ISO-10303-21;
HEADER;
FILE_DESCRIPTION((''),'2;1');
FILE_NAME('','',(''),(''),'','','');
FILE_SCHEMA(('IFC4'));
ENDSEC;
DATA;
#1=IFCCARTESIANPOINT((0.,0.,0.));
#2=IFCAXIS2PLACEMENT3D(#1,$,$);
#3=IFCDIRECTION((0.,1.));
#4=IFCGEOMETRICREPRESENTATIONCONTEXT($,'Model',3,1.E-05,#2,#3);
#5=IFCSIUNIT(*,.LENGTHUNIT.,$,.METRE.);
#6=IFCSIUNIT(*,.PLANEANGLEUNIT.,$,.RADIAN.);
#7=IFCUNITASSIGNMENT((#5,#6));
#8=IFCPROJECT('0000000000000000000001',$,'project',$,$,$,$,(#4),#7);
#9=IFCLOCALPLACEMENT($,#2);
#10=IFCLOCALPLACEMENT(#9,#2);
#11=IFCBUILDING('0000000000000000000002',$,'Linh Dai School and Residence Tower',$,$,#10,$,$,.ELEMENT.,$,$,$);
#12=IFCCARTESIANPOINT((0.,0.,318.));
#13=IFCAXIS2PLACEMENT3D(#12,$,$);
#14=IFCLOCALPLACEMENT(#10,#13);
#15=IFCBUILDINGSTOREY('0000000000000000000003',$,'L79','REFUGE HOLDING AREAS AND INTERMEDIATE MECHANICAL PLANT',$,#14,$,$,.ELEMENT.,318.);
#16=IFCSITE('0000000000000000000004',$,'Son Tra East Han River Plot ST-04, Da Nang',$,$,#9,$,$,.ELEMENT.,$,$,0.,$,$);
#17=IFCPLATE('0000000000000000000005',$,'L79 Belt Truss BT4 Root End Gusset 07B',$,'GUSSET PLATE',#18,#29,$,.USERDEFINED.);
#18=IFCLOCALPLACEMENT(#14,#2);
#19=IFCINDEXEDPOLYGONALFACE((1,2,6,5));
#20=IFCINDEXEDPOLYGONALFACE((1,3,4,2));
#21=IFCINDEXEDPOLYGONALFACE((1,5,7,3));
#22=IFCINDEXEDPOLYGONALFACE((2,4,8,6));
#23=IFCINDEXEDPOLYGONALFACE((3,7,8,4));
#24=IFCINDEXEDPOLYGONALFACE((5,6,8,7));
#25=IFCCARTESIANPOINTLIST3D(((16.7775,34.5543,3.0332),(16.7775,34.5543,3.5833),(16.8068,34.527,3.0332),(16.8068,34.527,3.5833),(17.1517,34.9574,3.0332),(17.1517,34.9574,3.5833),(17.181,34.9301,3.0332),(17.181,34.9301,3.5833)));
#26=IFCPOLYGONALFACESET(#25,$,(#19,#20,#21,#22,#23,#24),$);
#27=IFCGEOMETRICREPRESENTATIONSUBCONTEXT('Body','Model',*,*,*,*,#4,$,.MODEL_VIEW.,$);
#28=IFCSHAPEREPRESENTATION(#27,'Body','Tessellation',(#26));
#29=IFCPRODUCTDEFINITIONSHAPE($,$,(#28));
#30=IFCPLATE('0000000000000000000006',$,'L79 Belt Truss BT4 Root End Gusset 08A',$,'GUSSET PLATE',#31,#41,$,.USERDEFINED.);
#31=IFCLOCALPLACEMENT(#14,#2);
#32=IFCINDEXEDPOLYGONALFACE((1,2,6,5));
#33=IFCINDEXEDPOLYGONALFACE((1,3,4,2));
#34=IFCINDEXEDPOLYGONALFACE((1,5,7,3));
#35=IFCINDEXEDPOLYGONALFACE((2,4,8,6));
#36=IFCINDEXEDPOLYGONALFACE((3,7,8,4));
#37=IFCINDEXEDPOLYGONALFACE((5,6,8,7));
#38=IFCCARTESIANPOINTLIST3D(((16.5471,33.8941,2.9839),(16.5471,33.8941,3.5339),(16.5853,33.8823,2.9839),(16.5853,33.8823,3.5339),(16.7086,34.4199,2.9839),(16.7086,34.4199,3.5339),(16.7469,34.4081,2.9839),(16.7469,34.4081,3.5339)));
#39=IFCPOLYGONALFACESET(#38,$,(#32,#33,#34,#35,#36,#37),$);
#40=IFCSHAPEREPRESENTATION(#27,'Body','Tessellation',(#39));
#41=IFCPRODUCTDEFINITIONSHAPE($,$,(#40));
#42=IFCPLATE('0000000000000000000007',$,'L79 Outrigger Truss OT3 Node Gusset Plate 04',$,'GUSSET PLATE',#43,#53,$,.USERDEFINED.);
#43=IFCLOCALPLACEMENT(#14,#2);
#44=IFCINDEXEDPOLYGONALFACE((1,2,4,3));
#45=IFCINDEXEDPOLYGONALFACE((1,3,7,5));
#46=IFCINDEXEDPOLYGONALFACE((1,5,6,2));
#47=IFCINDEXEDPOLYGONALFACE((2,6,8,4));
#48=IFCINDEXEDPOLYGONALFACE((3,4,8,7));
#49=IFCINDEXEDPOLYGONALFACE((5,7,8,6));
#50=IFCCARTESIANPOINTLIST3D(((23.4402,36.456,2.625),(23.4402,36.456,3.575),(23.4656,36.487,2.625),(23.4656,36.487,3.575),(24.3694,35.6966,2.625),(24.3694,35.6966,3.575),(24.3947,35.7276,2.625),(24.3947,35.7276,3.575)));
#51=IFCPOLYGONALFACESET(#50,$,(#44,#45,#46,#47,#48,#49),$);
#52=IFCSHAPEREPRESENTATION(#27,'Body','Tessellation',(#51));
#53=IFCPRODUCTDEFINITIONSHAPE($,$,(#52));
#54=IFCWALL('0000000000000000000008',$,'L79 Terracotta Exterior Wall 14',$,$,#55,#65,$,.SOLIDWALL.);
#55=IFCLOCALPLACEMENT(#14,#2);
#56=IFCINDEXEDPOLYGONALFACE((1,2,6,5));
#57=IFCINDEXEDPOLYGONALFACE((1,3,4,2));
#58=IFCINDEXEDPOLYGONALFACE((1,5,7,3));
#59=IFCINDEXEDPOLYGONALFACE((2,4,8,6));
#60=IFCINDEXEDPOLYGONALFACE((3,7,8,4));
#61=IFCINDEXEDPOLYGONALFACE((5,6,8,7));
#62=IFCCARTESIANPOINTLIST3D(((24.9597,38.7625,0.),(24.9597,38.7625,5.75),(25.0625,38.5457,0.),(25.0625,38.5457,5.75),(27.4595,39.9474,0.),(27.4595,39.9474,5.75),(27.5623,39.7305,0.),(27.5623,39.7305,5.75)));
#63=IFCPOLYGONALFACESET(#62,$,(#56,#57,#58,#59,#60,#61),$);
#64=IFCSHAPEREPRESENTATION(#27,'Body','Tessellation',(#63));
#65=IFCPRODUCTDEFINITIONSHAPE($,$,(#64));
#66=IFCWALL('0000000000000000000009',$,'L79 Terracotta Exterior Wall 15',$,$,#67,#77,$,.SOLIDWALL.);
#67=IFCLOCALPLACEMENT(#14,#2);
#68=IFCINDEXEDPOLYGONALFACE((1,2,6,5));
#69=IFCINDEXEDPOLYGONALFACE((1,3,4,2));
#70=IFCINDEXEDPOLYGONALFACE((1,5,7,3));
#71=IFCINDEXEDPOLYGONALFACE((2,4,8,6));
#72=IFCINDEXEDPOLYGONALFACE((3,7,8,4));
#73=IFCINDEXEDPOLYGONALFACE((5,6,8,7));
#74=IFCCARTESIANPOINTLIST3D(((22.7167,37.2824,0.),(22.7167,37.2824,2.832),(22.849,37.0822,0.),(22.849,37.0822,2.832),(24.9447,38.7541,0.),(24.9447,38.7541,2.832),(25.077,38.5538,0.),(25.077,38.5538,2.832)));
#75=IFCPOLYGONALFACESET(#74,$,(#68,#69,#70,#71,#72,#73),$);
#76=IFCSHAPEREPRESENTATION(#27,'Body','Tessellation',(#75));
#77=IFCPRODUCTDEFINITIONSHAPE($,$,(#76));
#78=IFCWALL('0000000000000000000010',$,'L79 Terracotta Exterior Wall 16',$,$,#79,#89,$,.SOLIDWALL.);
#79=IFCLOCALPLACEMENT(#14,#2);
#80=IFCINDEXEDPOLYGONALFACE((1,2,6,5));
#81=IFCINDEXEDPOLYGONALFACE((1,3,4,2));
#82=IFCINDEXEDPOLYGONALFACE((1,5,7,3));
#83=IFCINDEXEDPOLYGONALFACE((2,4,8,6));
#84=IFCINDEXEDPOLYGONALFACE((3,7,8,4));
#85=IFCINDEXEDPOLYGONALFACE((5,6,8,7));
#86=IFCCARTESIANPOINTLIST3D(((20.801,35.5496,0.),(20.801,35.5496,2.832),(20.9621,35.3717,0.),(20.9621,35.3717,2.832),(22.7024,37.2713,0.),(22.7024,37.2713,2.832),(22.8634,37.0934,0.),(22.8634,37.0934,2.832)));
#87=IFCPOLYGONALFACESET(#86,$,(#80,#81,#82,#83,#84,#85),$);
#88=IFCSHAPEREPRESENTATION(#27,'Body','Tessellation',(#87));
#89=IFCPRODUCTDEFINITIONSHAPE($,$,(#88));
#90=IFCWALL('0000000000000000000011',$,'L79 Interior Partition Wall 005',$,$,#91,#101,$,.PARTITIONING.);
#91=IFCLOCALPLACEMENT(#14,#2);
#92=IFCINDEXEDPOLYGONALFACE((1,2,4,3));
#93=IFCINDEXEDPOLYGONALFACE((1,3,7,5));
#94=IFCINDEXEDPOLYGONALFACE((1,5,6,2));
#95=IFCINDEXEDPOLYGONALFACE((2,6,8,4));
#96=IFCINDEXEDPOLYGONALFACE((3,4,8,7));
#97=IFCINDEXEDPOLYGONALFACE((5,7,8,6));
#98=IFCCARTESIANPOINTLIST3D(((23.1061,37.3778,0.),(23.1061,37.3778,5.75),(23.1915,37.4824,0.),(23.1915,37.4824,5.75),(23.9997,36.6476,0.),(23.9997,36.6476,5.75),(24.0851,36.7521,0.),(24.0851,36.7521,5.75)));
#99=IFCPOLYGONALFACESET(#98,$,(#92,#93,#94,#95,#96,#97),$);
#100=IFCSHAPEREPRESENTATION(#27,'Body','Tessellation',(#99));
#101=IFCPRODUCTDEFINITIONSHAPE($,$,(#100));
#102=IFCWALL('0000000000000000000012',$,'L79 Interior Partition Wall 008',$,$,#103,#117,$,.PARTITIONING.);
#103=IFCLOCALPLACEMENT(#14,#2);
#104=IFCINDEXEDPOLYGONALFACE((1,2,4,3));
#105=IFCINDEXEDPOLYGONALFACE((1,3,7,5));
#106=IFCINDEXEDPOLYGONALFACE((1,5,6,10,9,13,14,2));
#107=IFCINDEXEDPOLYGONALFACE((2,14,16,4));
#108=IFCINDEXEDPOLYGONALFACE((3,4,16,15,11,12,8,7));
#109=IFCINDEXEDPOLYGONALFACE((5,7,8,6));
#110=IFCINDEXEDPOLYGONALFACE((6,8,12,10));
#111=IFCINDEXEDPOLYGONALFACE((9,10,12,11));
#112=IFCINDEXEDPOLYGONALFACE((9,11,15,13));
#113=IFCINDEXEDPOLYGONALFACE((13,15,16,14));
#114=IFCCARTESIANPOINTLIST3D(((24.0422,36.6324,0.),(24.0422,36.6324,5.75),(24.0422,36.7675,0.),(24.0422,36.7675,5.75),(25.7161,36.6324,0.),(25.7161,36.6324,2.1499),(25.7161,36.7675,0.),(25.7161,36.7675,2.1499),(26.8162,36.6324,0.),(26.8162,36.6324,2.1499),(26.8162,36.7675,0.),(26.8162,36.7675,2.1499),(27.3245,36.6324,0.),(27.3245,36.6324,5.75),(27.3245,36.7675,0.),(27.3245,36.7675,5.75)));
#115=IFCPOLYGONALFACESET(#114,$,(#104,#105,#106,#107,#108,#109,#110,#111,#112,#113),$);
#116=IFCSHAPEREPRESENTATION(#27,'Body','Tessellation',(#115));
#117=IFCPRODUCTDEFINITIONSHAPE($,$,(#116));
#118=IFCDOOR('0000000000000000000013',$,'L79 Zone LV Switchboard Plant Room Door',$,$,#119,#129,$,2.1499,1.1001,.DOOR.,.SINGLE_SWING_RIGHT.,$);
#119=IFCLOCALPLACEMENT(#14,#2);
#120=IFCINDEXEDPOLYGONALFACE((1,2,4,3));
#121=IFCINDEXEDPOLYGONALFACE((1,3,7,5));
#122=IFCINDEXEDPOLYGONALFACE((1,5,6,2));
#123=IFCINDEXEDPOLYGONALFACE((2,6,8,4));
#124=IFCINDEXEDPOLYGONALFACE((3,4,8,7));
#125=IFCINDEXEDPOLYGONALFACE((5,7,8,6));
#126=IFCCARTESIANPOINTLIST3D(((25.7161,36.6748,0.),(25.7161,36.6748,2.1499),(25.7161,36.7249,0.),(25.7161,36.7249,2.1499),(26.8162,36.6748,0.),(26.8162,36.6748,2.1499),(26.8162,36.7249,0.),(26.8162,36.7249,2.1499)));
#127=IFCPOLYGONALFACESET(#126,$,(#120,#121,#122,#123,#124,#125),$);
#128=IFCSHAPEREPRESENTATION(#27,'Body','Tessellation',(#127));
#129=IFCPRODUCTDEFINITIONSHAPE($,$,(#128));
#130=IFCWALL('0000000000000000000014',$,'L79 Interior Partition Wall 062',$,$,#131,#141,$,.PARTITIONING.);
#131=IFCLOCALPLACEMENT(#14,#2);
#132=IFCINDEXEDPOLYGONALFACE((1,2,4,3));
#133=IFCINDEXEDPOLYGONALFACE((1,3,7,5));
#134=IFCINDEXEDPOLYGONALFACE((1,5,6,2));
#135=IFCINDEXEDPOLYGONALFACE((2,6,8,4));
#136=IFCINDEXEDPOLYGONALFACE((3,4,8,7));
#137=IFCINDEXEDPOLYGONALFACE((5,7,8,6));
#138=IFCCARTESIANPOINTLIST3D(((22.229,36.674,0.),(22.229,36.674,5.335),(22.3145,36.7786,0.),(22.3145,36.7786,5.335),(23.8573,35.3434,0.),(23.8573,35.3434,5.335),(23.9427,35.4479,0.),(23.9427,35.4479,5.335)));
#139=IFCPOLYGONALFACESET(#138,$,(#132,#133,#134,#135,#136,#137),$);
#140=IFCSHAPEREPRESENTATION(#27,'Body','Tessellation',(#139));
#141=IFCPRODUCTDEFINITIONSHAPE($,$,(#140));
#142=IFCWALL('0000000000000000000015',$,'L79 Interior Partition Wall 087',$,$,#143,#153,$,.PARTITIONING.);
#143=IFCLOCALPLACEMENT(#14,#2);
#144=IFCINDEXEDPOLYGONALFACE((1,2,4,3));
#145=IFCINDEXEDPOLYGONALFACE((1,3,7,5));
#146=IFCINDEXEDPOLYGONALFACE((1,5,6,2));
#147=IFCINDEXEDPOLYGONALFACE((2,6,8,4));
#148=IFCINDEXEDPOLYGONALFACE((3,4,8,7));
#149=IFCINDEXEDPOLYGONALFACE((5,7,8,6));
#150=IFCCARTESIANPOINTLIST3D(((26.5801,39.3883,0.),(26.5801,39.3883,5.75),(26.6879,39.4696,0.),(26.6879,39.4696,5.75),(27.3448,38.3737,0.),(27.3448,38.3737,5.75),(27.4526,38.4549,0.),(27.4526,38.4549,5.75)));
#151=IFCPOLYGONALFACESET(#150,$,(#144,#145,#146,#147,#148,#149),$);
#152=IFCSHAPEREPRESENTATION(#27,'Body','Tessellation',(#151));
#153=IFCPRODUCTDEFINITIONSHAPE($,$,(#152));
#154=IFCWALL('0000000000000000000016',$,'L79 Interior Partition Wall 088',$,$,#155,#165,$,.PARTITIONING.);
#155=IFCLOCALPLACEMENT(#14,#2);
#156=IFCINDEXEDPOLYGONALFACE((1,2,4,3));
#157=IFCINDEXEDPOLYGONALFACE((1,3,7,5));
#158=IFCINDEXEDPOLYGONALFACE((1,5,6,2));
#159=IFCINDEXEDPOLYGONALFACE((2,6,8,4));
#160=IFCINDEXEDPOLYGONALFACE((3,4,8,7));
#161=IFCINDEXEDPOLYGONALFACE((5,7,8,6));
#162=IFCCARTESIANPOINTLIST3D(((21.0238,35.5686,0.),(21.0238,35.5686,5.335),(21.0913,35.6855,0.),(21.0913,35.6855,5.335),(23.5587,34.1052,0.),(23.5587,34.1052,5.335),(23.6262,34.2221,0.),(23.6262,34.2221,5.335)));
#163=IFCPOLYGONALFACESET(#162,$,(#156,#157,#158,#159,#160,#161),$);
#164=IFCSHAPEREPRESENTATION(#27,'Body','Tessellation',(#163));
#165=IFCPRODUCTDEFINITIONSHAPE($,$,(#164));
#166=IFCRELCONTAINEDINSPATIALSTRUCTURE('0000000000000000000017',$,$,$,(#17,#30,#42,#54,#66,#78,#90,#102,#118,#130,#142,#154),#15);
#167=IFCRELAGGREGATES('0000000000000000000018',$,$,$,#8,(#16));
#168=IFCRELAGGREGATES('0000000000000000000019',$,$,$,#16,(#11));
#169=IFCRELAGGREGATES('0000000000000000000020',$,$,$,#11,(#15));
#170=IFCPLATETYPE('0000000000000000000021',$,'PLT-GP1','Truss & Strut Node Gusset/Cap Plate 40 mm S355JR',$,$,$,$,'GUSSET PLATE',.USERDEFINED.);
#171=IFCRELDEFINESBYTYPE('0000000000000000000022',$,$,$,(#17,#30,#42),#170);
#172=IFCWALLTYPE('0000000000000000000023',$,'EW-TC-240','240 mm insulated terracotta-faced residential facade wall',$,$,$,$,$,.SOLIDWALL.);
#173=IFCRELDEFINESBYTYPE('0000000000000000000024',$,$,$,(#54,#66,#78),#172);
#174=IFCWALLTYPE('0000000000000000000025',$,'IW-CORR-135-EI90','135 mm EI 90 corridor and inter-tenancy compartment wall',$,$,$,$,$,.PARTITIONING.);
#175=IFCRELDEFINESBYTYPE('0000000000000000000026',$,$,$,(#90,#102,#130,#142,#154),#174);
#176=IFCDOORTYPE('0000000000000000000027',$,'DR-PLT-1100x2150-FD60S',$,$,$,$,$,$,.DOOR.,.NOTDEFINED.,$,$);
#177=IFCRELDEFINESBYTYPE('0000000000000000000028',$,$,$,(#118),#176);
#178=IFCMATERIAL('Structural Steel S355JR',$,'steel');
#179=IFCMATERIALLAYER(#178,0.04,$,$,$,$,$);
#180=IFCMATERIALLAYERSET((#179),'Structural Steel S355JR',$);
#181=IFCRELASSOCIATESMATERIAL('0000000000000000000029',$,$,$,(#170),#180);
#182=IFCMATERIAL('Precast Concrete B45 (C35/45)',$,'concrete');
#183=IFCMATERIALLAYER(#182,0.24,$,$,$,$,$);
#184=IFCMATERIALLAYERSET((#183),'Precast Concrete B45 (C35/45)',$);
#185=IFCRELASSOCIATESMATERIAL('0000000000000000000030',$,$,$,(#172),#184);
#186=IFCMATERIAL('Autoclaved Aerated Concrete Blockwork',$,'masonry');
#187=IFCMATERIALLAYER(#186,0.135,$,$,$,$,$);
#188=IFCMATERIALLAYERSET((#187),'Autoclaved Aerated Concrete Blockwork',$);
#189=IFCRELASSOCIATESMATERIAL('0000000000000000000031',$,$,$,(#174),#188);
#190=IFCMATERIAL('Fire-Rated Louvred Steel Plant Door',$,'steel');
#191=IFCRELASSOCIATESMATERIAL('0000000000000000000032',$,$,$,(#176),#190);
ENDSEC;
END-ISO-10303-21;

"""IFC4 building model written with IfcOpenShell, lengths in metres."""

from ifc_helpers import new_model, si_unit, direction, frame, frame_2d, origin, origin_2d, place, context, subcontext, project, spatial, rectangle, extrude, source, transform, mapped, material, layer, layer_set, type_object, element, fill, save


model = new_model("IFC4")

# Units and contexts
model_context = context("Model", 3, precision=1e-05, world=origin(), true_north=direction((0.0, 1.0)))
body_context = subcontext(model_context, "Body", "Model", "MODEL_VIEW")
ifc_project = project(units=[si_unit("LENGTHUNIT", "METRE"), si_unit("PLANEANGLEUNIT", "RADIAN")], contexts=[model_context])

# Site, building, storey
site_placement = place(None, origin())
site = spatial("IfcSite", under=ifc_project, at=site_placement, Name="Son Tra East Han River Plot ST-04, Da Nang", CompositionType="ELEMENT", RefElevation=0.0)
building_placement = place(site_placement, origin())
building = spatial("IfcBuilding", under=site, at=building_placement, Name="Linh Dai School and Residence Tower", CompositionType="ELEMENT")
storey_placement = place(building_placement, frame((0.0, 0.0, 318.0)))
storey = spatial("IfcBuildingStorey", under=building, at=storey_placement, Name="L79", Description="REFUGE HOLDING AREAS AND INTERMEDIATE MECHANICAL PLANT", CompositionType="ELEMENT", Elevation=318.0)

# Shared definitions
ifc_material_1 = material(Name="Structural Steel S355JR", Category="steel")

# Plates
ifc_layer_1 = layer(ifc_material_1, 0.04)
ifc_layer_set_1 = layer_set([ifc_layer_1], Name="Structural Steel S355JR")
plate_type = type_object("IfcPlateType", Name="PLT-GP1", Description="Truss & Strut Node Gusset/Cap Plate 40 mm S355JR", ElementType="GUSSET PLATE", PredefinedType="USERDEFINED", material=ifc_layer_set_1)
shared_shape_1 = source(origin(), body_context, "Body", "SweptSolid", [
    extrude(rectangle(XDim=0.55, YDim=0.04, at=origin_2d()), origin(), (0.0, 0.0, 1.0), 0.55),
])
for number, where, z_axis, x_axis, name in (
    (1, (16.9792, 34.7422, 3.0332), (0.0, 0.0, 1.0), (-0.680392, -0.732848, 0.0), "L79 Belt Truss BT4 Root End Gusset 07B"),
    (2, (16.647, 34.1511, 2.9839), (0.0, 0.0, 1.0), (-0.293666, -0.955908, 0.0), "L79 Belt Truss BT4 Root End Gusset 08A"),
):
    element("IfcPlate", number, at=place(storey_placement, frame(where, z_axis=z_axis, x_axis=x_axis)), inside=storey, type_object=plate_type, Name=name, ObjectType="GUSSET PLATE", PredefinedType="USERDEFINED", context=body_context, shape_type="MappedRepresentation", body=[
        mapped(shared_shape_1, transform((0.0, 0.0, 0.0), x_axis=(1.0, 0.0, 0.0), y_axis=(0.0, 1.0, 0.0), z_axis=(0.0, 0.0, 1.0), scale=1.0)),
    ])
shared_shape_2 = source(origin(), body_context, "Body", "SweptSolid", [
    extrude(rectangle(XDim=1.2, YDim=0.04, at=origin_2d()), origin(), (0.0, 0.0, 1.0), 0.95),
])
plate_placement = place(storey_placement, frame((23.9175, 36.0918, 2.625), z_axis=(0.0, 0.0, 1.0), x_axis=(-0.774325, 0.632789, 0.0)))
element("IfcPlate", 3, at=plate_placement, inside=storey, type_object=plate_type, Name="L79 Outrigger Truss OT3 Node Gusset Plate 04", ObjectType="GUSSET PLATE", PredefinedType="USERDEFINED", context=body_context, shape_type="MappedRepresentation", body=[
    mapped(shared_shape_2, transform((0.0, 0.0, 0.0), x_axis=(1.0, 0.0, 0.0), y_axis=(0.0, 1.0, 0.0), z_axis=(0.0, 0.0, 1.0), scale=1.0)),
])

# Walls
ifc_material_2 = material(Name="Precast Concrete B45 (C35/45)", Category="concrete")
ifc_layer_2 = layer(ifc_material_2, 0.24)
ifc_layer_set_2 = layer_set([ifc_layer_2], Name="Precast Concrete B45 (C35/45)")
wall_type_1 = type_object("IfcWallType", Name="EW-TC-240", Description="240 mm insulated terracotta-faced residential facade wall", PredefinedType="SOLIDWALL", material=ifc_layer_set_2)
wall_1_placement = place(storey_placement, frame((25.011, 38.6541, 0.0), z_axis=(0.0, 0.0, 1.0), x_axis=(0.903637, 0.428299, 0.0)))
element("IfcWall", 4, at=wall_1_placement, inside=storey, type_object=wall_type_1, Name="L79 Terracotta Exterior Wall 14", PredefinedType="SOLIDWALL", context=body_context, shape_type="SweptSolid", body=[
    extrude(rectangle(XDim=2.7664, YDim=0.24, at=frame_2d((1.3833, 0.0))), origin(), (0.0, 0.0, 1.0), 5.75),
])
wall_2_placement = place(storey_placement, frame((22.783, 37.1824, 0.0), z_axis=(0.0, 0.0, 1.0), x_axis=(0.834406, 0.55115, 0.0)))
element("IfcWall", 5, at=wall_2_placement, inside=storey, type_object=wall_type_1, Name="L79 Terracotta Exterior Wall 15", PredefinedType="SOLIDWALL", context=body_context, shape_type="SweptSolid", body=[
    extrude(rectangle(XDim=2.6702, YDim=0.24, at=frame_2d((1.335, 0.0))), origin(), (0.0, 0.0, 1.0), 2.832),
])
wall_3_placement = place(storey_placement, frame((20.8816, 35.4607, 0.0), z_axis=(0.0, 0.0, 1.0), x_axis=(0.741265, 0.671212, 0.0)))
element("IfcWall", 6, at=wall_3_placement, inside=storey, type_object=wall_type_1, Name="L79 Terracotta Exterior Wall 16", PredefinedType="SOLIDWALL", context=body_context, shape_type="SweptSolid", body=[
    extrude(rectangle(XDim=2.5649, YDim=0.24, at=frame_2d((1.2825, 0.0))), origin(), (0.0, 0.0, 1.0), 2.832),
])
ifc_material_3 = material(Name="Autoclaved Aerated Concrete Blockwork", Category="masonry")
ifc_layer_3 = layer(ifc_material_3, 0.135)
ifc_layer_set_3 = layer_set([ifc_layer_3], Name="Autoclaved Aerated Concrete Blockwork")
wall_type_2 = type_object("IfcWallType", Name="IW-CORR-135-EI90", Description="135 mm EI 90 corridor and inter-tenancy compartment wall", PredefinedType="PARTITIONING", material=ifc_layer_set_3)
wall_4_placement = place(storey_placement, frame((23.1487, 37.4302, 0.0), z_axis=(0.0, 0.0, 1.0), x_axis=(0.774325, -0.632788, 0.0)))
element("IfcWall", 7, at=wall_4_placement, inside=storey, type_object=wall_type_2, Name="L79 Interior Partition Wall 005", PredefinedType="PARTITIONING", context=body_context, shape_type="SweptSolid", body=[
    extrude(rectangle(XDim=1.1541, YDim=0.135, at=frame_2d((0.5771, 0.0))), origin(), (0.0, 0.0, 1.0), 5.75),
])

# Wall, opening, door
wall_5_placement = place(storey_placement, frame((24.0422, 36.7, 0.0), z_axis=(0.0, 0.0, 1.0), x_axis=(1.0, 0.0, 0.0)))
wall_5 = element("IfcWall", 8, at=wall_5_placement, inside=storey, type_object=wall_type_2, Name="L79 Interior Partition Wall 008", PredefinedType="PARTITIONING", context=body_context, shape_type="SweptSolid", body=[
    extrude(rectangle(XDim=3.2822, YDim=0.135, at=frame_2d((1.6411, 0.0))), origin(), (0.0, 0.0, 1.0), 5.75),
])
opening_placement = place(wall_5_placement, frame((1.6738, 0.0, 0.0)))
opening = element("IfcOpeningElement", 9, at=opening_placement, cuts=wall_5, PredefinedType="OPENING", context=body_context, shape_type="SweptSolid", body=[
    extrude(rectangle(XDim=1.1001, YDim=2.1499, at=origin_2d()), frame((0.55, 0.0776, 1.075), z_axis=(0.0, -1.0, 0.0), x_axis=(1.0, 0.0, 0.0)), (0.0, 0.0, 1.0), 0.155),
])
ifc_material_4 = material(Name="Fire-Rated Louvred Steel Plant Door", Category="steel")
door_type = type_object("IfcDoorType", Name="DR-PLT-1100x2150-FD60S", OperationType="NOTDEFINED", PredefinedType="DOOR", material=ifc_material_4)
shared_shape_3 = source(origin(), body_context, "Body", "SweptSolid", [
    extrude(rectangle(XDim=1.1001, YDim=2.1499, at=origin_2d()), frame((0.55, 0.0249, 1.075), z_axis=(0.0, -1.0, 0.0), x_axis=(1.0, 0.0, 0.0)), (0.0, 0.0, 1.0), 0.05),
])
door_placement = place(opening_placement, origin())
door = element("IfcDoor", 10, at=door_placement, inside=storey, type_object=door_type, Name="L79 Zone LV Switchboard Plant Room Door", OperationType="SINGLE_SWING_RIGHT", OverallHeight=2.1499, OverallWidth=1.1001, PredefinedType="DOOR", context=body_context, shape_type="MappedRepresentation", body=[
    mapped(shared_shape_3, transform((0.0, 0.0, 0.0), x_axis=(1.0, 0.0, 0.0), y_axis=(0.0, 1.0, 0.0), z_axis=(0.0, 0.0, 1.0), scale=1.0)),
])
fill(opening, door)

# Walls
wall_6_placement = place(storey_placement, frame((23.8999, 35.3958, 0.0), z_axis=(0.0, 0.0, 1.0), x_axis=(-0.774324, 0.632789, 0.0)))
element("IfcWall", 11, at=wall_6_placement, inside=storey, type_object=wall_type_2, Name="L79 Interior Partition Wall 062", PredefinedType="PARTITIONING", context=body_context, shape_type="SweptSolid", body=[
    extrude(rectangle(XDim=2.1028, YDim=0.135, at=frame_2d((1.0513, 0.0))), origin(), (0.0, 0.0, 1.0), 5.335),
])
wall_7_placement = place(storey_placement, frame((26.634, 39.429, 0.0), z_axis=(0.0, 0.0, 1.0), x_axis=(0.601843, -0.798614, 0.0)))
element("IfcWall", 12, at=wall_7_placement, inside=storey, type_object=wall_type_2, Name="L79 Interior Partition Wall 087", PredefinedType="PARTITIONING", context=body_context, shape_type="SweptSolid", body=[
    extrude(rectangle(XDim=1.2705, YDim=0.135, at=frame_2d((0.6353, 0.0))), origin(), (0.0, 0.0, 1.0), 5.75),
])
wall_8_placement = place(storey_placement, frame((21.0576, 35.627, 0.0), z_axis=(0.0, 0.0, 1.0), x_axis=(0.866048, -0.499961, 0.0)))
element("IfcWall", 13, at=wall_8_placement, inside=storey, type_object=wall_type_2, Name="L79 Interior Partition Wall 088", PredefinedType="PARTITIONING", context=body_context, shape_type="SweptSolid", body=[
    extrude(rectangle(XDim=2.927, YDim=0.135, at=frame_2d((1.4634, 0.0))), origin(), (0.0, 0.0, 1.0), 5.335),
])

save(model, "model.ifc")
